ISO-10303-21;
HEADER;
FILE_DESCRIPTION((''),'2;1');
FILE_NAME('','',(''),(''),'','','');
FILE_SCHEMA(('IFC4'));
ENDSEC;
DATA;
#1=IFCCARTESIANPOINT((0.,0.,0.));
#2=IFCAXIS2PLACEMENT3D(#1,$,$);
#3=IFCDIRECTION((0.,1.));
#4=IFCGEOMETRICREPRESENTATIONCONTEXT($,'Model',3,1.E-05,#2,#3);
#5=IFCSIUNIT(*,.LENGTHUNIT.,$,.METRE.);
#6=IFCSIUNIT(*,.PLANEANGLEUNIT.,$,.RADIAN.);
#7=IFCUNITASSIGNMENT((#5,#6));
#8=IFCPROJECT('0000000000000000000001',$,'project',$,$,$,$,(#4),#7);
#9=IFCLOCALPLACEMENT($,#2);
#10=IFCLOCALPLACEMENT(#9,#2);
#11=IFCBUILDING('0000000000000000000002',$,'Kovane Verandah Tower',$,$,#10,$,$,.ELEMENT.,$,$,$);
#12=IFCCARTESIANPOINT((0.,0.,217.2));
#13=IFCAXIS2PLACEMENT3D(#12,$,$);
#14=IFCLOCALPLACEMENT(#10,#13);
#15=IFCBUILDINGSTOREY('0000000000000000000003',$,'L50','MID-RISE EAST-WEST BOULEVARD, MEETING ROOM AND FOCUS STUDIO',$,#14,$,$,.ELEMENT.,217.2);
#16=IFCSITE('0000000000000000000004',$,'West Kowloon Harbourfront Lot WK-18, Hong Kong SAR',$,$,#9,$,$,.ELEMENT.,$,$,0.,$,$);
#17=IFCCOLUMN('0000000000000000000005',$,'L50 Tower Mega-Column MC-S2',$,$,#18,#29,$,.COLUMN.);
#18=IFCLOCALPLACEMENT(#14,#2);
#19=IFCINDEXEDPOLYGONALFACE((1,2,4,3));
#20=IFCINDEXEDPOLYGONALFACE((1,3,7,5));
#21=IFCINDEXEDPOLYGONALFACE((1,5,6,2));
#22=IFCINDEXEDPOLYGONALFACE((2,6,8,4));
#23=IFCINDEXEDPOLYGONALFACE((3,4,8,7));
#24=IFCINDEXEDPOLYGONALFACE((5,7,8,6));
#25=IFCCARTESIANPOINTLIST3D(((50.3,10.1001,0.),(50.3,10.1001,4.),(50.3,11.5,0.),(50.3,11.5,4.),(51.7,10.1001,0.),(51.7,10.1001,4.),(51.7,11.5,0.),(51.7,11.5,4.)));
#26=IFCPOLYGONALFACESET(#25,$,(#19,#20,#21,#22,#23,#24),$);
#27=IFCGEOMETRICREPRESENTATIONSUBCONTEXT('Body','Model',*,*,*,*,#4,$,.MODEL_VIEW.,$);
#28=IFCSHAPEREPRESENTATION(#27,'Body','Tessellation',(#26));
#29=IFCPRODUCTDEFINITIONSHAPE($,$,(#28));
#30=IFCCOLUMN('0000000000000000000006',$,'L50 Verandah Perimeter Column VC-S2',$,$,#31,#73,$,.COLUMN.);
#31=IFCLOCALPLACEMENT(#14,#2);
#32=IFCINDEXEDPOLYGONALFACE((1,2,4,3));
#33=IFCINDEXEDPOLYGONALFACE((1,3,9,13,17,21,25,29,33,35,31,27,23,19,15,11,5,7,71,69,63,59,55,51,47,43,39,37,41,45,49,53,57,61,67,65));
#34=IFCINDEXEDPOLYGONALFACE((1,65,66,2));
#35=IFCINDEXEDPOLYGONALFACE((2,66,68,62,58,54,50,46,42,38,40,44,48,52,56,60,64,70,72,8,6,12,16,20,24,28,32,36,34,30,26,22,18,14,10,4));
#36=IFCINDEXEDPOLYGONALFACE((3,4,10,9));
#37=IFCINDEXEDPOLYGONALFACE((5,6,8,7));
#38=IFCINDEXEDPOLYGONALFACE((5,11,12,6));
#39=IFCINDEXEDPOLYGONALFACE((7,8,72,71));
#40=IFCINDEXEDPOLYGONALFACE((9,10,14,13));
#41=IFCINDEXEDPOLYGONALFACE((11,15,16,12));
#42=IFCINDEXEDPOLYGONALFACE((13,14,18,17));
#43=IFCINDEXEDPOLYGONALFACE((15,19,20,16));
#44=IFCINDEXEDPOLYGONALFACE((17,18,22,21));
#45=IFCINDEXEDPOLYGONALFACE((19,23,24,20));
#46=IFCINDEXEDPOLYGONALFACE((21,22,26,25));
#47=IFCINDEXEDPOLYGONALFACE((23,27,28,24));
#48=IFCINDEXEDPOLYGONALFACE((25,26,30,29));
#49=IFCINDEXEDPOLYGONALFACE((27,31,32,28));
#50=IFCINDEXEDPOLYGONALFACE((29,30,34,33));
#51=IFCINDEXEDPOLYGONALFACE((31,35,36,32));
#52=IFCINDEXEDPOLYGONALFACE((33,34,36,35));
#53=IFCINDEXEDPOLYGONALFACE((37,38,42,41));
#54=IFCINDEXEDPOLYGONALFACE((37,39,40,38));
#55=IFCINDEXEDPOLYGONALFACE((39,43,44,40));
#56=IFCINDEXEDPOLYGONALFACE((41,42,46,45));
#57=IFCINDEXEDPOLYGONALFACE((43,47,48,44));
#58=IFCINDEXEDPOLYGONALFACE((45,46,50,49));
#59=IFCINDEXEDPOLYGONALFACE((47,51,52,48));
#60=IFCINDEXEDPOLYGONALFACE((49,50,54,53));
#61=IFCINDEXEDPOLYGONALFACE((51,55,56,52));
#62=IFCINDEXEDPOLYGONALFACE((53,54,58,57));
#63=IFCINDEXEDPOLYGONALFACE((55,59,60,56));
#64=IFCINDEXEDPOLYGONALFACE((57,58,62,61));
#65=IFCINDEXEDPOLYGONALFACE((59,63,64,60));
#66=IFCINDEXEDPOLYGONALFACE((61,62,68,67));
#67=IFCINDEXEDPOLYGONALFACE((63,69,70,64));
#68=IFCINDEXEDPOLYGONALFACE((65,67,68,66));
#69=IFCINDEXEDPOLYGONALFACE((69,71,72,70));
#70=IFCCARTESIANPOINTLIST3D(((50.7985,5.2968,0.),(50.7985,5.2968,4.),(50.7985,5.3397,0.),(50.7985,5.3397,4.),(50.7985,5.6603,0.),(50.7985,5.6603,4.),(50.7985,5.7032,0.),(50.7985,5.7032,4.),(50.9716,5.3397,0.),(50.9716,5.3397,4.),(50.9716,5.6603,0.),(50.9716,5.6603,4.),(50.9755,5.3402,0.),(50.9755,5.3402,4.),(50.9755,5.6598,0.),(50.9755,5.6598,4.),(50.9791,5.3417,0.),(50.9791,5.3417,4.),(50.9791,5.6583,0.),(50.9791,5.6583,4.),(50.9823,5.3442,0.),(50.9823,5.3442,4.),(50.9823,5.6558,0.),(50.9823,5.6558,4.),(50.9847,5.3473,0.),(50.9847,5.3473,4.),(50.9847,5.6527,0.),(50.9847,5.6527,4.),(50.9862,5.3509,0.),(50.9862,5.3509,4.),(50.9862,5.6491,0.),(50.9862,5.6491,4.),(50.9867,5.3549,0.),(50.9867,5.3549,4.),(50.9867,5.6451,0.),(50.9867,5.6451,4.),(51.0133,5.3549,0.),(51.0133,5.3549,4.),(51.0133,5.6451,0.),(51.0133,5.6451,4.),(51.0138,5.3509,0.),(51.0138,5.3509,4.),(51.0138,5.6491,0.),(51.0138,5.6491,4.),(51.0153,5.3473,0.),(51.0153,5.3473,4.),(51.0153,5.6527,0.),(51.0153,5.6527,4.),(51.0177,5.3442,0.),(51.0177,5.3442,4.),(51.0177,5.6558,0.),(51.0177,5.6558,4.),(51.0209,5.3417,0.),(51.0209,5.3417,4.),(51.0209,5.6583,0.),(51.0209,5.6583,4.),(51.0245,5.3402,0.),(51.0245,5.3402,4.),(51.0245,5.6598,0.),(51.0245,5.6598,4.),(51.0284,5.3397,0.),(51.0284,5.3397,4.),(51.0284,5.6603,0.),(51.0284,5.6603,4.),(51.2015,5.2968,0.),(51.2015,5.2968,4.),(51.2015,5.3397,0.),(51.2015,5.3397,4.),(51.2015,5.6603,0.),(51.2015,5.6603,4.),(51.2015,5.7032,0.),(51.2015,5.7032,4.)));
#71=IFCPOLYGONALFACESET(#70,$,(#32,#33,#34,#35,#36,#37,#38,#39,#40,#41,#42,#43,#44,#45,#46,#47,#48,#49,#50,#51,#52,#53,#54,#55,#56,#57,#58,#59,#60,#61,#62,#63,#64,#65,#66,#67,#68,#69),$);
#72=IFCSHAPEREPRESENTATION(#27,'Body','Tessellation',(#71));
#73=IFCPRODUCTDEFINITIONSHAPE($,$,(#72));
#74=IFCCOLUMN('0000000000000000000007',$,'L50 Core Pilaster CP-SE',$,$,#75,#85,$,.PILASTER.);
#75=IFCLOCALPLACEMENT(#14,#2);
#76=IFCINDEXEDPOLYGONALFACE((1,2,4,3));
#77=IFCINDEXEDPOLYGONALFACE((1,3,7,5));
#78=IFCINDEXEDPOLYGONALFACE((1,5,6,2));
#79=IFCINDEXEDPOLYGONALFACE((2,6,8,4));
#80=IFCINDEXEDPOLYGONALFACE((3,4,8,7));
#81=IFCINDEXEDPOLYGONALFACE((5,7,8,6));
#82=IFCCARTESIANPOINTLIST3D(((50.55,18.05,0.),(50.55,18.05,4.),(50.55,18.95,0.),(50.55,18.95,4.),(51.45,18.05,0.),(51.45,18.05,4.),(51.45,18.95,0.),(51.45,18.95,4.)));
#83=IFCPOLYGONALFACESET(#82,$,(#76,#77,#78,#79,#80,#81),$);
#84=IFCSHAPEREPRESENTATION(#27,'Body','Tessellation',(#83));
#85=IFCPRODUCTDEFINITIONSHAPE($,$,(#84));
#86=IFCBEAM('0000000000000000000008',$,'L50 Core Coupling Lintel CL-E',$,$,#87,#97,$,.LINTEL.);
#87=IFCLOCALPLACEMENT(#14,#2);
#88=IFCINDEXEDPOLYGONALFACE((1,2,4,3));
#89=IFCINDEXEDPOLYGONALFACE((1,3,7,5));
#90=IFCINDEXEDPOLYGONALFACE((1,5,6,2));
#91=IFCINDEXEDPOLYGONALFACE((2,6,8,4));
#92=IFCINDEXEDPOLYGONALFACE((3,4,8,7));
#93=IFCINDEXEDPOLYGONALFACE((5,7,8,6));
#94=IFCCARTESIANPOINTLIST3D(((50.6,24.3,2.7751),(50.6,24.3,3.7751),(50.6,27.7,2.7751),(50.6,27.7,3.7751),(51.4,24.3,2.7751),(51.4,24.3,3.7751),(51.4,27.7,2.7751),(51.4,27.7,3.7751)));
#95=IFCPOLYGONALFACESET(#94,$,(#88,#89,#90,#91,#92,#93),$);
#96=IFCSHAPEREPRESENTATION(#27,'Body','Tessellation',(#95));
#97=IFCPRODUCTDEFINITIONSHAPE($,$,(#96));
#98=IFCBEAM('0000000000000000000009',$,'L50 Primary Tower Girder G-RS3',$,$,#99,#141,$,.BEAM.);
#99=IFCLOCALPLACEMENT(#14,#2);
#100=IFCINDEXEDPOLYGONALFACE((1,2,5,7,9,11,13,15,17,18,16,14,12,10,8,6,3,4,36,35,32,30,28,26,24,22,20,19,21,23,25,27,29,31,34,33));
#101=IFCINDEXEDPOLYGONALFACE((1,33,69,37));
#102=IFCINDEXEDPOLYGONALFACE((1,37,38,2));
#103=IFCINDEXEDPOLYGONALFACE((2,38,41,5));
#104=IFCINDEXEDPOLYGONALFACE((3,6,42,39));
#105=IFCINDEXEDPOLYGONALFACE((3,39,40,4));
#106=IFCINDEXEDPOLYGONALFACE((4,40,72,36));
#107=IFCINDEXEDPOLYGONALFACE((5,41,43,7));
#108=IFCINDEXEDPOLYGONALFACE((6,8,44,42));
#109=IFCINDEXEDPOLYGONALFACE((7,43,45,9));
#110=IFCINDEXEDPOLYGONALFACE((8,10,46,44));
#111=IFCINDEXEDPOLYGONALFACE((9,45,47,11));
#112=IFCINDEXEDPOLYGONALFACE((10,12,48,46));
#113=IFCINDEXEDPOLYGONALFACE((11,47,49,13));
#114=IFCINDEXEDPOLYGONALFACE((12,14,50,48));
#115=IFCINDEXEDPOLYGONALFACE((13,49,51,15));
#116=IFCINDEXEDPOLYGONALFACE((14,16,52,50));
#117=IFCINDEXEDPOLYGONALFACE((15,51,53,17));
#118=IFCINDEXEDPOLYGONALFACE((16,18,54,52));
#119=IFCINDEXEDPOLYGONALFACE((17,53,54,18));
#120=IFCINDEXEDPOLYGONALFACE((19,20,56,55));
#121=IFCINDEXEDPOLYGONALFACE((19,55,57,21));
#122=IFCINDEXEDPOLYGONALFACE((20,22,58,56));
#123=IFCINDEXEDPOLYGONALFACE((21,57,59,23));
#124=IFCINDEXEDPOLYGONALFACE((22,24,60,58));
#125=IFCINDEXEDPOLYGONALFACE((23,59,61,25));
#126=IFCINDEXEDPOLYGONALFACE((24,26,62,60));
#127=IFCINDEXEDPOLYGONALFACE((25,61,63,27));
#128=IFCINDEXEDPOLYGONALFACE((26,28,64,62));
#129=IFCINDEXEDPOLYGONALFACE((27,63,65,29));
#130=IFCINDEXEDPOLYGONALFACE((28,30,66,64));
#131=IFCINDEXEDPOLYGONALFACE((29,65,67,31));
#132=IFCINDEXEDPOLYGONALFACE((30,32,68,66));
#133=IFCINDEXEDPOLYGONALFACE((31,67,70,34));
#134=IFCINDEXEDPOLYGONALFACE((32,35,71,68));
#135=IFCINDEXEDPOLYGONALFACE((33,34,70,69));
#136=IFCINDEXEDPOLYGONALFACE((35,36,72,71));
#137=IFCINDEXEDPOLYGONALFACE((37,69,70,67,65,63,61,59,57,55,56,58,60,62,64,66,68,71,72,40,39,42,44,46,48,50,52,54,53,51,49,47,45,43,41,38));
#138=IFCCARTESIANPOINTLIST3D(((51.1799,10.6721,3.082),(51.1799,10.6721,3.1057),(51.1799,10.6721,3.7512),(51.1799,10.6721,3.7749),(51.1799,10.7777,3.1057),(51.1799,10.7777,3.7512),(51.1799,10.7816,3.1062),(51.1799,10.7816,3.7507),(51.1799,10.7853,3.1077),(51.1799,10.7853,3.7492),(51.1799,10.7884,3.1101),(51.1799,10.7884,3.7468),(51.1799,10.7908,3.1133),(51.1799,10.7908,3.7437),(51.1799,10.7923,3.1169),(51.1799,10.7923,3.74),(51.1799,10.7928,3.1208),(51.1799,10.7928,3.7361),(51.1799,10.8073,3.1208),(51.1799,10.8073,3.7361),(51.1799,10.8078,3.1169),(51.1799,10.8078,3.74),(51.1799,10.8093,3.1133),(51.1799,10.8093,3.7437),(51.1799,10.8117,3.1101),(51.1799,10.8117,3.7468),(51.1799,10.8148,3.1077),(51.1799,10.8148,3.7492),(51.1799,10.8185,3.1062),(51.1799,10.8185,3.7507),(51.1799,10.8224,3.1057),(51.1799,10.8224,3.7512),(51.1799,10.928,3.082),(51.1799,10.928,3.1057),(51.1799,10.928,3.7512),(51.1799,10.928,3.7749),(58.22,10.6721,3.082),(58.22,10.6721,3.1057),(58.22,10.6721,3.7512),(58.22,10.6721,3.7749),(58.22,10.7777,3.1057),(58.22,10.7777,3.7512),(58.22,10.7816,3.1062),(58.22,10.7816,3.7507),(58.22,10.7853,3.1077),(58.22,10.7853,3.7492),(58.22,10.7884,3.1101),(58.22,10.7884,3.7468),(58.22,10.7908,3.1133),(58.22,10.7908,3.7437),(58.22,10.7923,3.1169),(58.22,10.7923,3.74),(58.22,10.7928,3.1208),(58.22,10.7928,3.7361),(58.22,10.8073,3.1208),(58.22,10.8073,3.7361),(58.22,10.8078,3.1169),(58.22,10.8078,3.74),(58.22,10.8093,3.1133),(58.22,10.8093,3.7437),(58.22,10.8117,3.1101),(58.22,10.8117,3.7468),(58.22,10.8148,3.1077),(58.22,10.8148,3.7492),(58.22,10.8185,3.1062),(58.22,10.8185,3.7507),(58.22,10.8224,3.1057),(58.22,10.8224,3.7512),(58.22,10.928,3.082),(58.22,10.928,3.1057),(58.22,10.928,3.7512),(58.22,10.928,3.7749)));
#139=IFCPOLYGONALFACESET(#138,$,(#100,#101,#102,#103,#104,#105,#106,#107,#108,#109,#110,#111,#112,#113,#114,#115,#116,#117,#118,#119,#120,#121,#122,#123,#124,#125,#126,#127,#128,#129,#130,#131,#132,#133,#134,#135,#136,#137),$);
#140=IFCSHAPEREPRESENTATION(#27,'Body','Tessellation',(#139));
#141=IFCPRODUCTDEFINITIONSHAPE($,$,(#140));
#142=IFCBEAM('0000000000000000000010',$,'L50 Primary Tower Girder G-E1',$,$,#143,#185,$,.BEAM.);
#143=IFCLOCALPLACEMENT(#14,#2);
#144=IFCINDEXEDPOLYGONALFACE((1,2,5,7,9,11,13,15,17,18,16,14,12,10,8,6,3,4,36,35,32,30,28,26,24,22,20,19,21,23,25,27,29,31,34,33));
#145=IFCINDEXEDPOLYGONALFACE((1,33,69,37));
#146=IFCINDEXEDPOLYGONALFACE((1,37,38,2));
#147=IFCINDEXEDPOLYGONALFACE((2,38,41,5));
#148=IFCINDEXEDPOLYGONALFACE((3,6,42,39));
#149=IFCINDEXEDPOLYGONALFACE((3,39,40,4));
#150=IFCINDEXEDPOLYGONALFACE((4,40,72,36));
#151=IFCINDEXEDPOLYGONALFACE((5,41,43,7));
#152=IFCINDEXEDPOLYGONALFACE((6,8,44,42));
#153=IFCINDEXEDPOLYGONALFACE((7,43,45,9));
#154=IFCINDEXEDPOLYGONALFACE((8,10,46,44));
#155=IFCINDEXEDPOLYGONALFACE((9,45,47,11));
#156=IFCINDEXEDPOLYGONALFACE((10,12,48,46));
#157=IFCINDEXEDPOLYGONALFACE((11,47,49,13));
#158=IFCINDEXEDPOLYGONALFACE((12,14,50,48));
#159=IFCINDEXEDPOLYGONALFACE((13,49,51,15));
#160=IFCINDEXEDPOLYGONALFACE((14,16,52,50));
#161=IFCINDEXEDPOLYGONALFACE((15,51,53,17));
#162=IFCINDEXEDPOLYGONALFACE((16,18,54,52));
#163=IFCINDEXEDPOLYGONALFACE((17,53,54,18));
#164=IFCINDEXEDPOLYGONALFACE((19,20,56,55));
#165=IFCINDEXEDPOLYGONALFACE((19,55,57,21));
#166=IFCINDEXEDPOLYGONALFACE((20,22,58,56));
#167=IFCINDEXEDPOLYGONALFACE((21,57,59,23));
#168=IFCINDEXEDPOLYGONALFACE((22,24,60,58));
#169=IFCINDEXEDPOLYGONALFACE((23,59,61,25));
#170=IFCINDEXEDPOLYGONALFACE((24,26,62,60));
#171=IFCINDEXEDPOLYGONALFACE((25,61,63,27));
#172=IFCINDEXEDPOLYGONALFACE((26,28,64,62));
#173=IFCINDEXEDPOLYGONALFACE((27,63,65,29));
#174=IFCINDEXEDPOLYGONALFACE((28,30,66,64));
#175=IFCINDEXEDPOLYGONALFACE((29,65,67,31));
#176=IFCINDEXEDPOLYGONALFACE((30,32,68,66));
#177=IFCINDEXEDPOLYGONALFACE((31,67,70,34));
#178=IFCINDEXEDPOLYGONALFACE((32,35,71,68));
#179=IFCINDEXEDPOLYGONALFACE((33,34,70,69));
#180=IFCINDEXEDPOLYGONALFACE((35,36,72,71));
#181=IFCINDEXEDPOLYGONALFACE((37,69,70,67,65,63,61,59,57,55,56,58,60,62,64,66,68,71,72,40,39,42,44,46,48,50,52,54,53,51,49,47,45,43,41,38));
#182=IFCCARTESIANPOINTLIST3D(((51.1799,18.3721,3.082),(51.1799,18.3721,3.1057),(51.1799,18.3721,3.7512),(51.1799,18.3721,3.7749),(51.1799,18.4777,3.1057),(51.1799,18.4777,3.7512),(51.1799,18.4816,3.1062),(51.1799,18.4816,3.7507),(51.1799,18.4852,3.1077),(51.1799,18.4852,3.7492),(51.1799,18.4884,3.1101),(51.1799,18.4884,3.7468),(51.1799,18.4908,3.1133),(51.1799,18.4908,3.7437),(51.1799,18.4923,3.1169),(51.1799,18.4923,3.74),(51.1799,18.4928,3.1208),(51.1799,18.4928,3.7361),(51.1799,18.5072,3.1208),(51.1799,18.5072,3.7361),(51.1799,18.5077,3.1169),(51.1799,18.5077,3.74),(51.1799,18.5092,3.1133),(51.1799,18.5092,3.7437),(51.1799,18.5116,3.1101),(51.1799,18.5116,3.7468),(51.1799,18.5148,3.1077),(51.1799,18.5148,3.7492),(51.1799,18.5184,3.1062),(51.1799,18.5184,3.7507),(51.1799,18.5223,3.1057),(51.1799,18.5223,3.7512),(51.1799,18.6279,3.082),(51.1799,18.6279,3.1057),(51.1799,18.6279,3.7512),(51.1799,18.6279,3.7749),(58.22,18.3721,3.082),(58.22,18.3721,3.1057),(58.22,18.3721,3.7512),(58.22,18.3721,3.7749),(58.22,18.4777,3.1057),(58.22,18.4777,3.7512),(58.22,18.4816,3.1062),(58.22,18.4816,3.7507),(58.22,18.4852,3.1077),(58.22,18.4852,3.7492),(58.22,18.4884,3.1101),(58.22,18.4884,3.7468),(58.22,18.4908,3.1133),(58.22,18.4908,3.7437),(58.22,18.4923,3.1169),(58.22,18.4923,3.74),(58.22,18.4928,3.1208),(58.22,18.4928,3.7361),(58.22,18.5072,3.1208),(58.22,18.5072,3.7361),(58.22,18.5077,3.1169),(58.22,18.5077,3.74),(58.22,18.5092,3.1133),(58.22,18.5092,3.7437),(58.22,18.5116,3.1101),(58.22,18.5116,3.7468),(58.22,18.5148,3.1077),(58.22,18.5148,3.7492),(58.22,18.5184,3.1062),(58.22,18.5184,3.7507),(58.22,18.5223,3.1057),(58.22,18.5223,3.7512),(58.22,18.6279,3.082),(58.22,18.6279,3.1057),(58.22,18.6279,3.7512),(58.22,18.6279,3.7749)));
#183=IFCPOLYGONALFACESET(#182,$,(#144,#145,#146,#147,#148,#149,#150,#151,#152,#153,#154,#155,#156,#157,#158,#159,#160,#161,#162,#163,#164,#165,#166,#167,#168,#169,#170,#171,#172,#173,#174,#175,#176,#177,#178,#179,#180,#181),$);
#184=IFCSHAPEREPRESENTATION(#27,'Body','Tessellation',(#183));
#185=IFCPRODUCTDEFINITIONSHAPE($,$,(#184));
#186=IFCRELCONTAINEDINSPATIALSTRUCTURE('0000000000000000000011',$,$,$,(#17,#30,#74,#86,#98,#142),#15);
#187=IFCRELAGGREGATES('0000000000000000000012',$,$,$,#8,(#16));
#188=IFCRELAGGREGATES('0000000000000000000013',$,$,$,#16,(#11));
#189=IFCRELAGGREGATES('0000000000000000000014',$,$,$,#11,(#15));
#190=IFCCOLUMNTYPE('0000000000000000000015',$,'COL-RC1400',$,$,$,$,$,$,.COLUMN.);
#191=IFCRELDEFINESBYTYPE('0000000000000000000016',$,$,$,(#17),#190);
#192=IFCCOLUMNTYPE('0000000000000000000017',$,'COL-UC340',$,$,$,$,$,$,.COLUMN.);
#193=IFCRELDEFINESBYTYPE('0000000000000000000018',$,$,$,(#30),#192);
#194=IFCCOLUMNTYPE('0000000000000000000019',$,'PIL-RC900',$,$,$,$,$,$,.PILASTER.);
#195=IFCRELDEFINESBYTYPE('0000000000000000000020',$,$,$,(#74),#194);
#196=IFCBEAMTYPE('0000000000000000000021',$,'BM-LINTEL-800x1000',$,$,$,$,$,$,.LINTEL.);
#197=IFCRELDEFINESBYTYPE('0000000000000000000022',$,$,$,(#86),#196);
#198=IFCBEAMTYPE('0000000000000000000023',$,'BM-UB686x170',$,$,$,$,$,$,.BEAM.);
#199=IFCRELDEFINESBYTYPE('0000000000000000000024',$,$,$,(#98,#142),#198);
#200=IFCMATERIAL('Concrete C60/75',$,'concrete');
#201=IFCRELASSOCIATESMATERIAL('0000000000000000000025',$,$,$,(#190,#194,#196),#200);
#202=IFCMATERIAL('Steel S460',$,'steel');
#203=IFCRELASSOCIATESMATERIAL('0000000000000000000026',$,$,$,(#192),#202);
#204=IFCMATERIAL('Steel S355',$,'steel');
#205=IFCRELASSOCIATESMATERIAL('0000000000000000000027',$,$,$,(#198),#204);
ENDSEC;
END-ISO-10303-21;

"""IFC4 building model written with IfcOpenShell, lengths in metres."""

from ifc_helpers import new_model, si_unit, direction, frame, origin, origin_2d, place, context, subcontext, project, spatial, rectangle, i_section, extrude, material, material_profile, profile_set, type_object, element, save


model = new_model("IFC4")

# Units and contexts
model_context = context("Model", 3, precision=1e-05, world=origin(), true_north=direction((0.0, 1.0)))
body_context = subcontext(model_context, "Body", "Model", "MODEL_VIEW")
ifc_project = project(units=[si_unit("LENGTHUNIT", "METRE"), si_unit("PLANEANGLEUNIT", "RADIAN")], contexts=[model_context])

# Site, building, storey
site_placement = place(None, origin())
site = spatial("IfcSite", under=ifc_project, at=site_placement, Name="West Kowloon Harbourfront Lot WK-18, Hong Kong SAR", CompositionType="ELEMENT", RefElevation=0.0)
building_placement = place(site_placement, origin())
building = spatial("IfcBuilding", under=site, at=building_placement, Name="Kovane Verandah Tower", CompositionType="ELEMENT")
storey_placement = place(building_placement, frame((0.0, 0.0, 217.2)))
storey = spatial("IfcBuildingStorey", under=building, at=storey_placement, Name="L50", Description="MID-RISE EAST-WEST BOULEVARD, MEETING ROOM AND FOCUS STUDIO", CompositionType="ELEMENT", Elevation=217.2)

# Columns
ifc_material_1 = material(Name="Concrete C60/75", Category="concrete")
ifc_material_profile_1 = material_profile(ifc_material_1, rectangle(XDim=1.3999, YDim=1.3999, at=origin_2d()), Name="RC1400x1400")
ifc_profile_set_1 = profile_set([ifc_material_profile_1], Name="Concrete C60/75")
column_type_1 = type_object("IfcColumnType", Name="COL-RC1400", PredefinedType="COLUMN", material=ifc_profile_set_1)
column_1_placement = place(storey_placement, frame((51.0, 10.8, 0.0), z_axis=(0.0, 0.0, 1.0), x_axis=(1.0, 0.0, 0.0)))
element("IfcColumn", 1, at=column_1_placement, inside=storey, type_object=column_type_1, Name="L50 Tower Mega-Column MC-S2", PredefinedType="COLUMN", context=body_context, shape_type="SweptSolid", body=[
    extrude(rectangle(XDim=1.3999, YDim=1.3999, at=origin_2d()), origin(), (0.0, 0.0, 1.0), 4.0),
])
ifc_material_2 = material(Name="Steel S460", Category="steel")
ifc_material_profile_2 = material_profile(ifc_material_2, i_section(OverallWidth=0.4031, OverallDepth=0.4065, WebThickness=0.0266, FlangeThickness=0.043, FilletRadius=0.0151, at=origin_2d()), Name="UC356x406x340")
ifc_profile_set_2 = profile_set([ifc_material_profile_2], Name="Steel S460")
column_type_2 = type_object("IfcColumnType", Name="COL-UC340", PredefinedType="COLUMN", material=ifc_profile_set_2)
column_2_placement = place(storey_placement, frame((51.0, 5.5, 0.0), z_axis=(0.0, 0.0, 1.0), x_axis=(1.0, 0.0, 0.0)))
element("IfcColumn", 2, at=column_2_placement, inside=storey, type_object=column_type_2, Name="L50 Verandah Perimeter Column VC-S2", PredefinedType="COLUMN", context=body_context, shape_type="SweptSolid", body=[
    extrude(i_section(OverallWidth=0.4031, OverallDepth=0.4065, WebThickness=0.0266, FlangeThickness=0.043, FilletRadius=0.0151, at=origin_2d()), origin(), (0.0, 0.0, 1.0), 4.0),
])
ifc_material_profile_3 = material_profile(ifc_material_1, rectangle(XDim=0.8999, YDim=0.8999, at=origin_2d()), Name="RC900x900")
ifc_profile_set_3 = profile_set([ifc_material_profile_3], Name="Concrete C60/75")
column_type_3 = type_object("IfcColumnType", Name="PIL-RC900", PredefinedType="PILASTER", material=ifc_profile_set_3)
column_3_placement = place(storey_placement, frame((51.0, 18.5, 0.0), z_axis=(0.0, 0.0, 1.0), x_axis=(1.0, 0.0, 0.0)))
element("IfcColumn", 3, at=column_3_placement, inside=storey, type_object=column_type_3, Name="L50 Core Pilaster CP-SE", PredefinedType="PILASTER", context=body_context, shape_type="SweptSolid", body=[
    extrude(rectangle(XDim=0.8999, YDim=0.8999, at=origin_2d()), origin(), (0.0, 0.0, 1.0), 4.0),
])

# Beams
ifc_material_profile_4 = material_profile(ifc_material_1, rectangle(XDim=0.8, YDim=1.0, at=origin_2d()), Name="RCB800x1000")
ifc_profile_set_4 = profile_set([ifc_material_profile_4], Name="Concrete C60/75")
beam_type_1 = type_object("IfcBeamType", Name="BM-LINTEL-800x1000", PredefinedType="LINTEL", material=ifc_profile_set_4)
beam_1_placement = place(storey_placement, frame((51.0, 24.3, 3.2751), z_axis=(0.0, 1.0, 0.0), x_axis=(-1.0, 0.0, 0.0)))
element("IfcBeam", 4, at=beam_1_placement, inside=storey, type_object=beam_type_1, Name="L50 Core Coupling Lintel CL-E", PredefinedType="LINTEL", context=body_context, shape_type="SweptSolid", body=[
    extrude(rectangle(XDim=0.8, YDim=1.0, at=origin_2d()), origin(), (0.0, 0.0, 1.0), 3.3999),
])
ifc_material_3 = material(Name="Steel S355", Category="steel")
ifc_material_profile_5 = material_profile(ifc_material_3, i_section(OverallWidth=0.2559, OverallDepth=0.6929, WebThickness=0.0144, FlangeThickness=0.0237, FilletRadius=0.0151, at=origin_2d()), Name="UB686x254x170")
ifc_profile_set_5 = profile_set([ifc_material_profile_5], Name="Steel S355")
beam_type_2 = type_object("IfcBeamType", Name="BM-UB686x170", PredefinedType="BEAM", material=ifc_profile_set_5)
for number, where, z_axis, x_axis, name in (
    (5, (51.1799, 10.8, 3.4285), (1.0, 0.0, 0.0), (0.0, 1.0, 0.0), "L50 Primary Tower Girder G-RS3"),
    (6, (51.1799, 18.5, 3.4285), (1.0, 0.0, 0.0), (0.0, 1.0, 0.0), "L50 Primary Tower Girder G-E1"),
):
    element("IfcBeam", number, at=place(storey_placement, frame(where, z_axis=z_axis, x_axis=x_axis)), inside=storey, type_object=beam_type_2, Name=name, PredefinedType="BEAM", context=body_context, shape_type="SweptSolid", body=[
        extrude(i_section(OverallWidth=0.2559, OverallDepth=0.6929, WebThickness=0.0144, FlangeThickness=0.0237, FilletRadius=0.0151, at=origin_2d()), origin(), (0.0, 0.0, 1.0), 7.04),
    ])

save(model, "model.ifc")
